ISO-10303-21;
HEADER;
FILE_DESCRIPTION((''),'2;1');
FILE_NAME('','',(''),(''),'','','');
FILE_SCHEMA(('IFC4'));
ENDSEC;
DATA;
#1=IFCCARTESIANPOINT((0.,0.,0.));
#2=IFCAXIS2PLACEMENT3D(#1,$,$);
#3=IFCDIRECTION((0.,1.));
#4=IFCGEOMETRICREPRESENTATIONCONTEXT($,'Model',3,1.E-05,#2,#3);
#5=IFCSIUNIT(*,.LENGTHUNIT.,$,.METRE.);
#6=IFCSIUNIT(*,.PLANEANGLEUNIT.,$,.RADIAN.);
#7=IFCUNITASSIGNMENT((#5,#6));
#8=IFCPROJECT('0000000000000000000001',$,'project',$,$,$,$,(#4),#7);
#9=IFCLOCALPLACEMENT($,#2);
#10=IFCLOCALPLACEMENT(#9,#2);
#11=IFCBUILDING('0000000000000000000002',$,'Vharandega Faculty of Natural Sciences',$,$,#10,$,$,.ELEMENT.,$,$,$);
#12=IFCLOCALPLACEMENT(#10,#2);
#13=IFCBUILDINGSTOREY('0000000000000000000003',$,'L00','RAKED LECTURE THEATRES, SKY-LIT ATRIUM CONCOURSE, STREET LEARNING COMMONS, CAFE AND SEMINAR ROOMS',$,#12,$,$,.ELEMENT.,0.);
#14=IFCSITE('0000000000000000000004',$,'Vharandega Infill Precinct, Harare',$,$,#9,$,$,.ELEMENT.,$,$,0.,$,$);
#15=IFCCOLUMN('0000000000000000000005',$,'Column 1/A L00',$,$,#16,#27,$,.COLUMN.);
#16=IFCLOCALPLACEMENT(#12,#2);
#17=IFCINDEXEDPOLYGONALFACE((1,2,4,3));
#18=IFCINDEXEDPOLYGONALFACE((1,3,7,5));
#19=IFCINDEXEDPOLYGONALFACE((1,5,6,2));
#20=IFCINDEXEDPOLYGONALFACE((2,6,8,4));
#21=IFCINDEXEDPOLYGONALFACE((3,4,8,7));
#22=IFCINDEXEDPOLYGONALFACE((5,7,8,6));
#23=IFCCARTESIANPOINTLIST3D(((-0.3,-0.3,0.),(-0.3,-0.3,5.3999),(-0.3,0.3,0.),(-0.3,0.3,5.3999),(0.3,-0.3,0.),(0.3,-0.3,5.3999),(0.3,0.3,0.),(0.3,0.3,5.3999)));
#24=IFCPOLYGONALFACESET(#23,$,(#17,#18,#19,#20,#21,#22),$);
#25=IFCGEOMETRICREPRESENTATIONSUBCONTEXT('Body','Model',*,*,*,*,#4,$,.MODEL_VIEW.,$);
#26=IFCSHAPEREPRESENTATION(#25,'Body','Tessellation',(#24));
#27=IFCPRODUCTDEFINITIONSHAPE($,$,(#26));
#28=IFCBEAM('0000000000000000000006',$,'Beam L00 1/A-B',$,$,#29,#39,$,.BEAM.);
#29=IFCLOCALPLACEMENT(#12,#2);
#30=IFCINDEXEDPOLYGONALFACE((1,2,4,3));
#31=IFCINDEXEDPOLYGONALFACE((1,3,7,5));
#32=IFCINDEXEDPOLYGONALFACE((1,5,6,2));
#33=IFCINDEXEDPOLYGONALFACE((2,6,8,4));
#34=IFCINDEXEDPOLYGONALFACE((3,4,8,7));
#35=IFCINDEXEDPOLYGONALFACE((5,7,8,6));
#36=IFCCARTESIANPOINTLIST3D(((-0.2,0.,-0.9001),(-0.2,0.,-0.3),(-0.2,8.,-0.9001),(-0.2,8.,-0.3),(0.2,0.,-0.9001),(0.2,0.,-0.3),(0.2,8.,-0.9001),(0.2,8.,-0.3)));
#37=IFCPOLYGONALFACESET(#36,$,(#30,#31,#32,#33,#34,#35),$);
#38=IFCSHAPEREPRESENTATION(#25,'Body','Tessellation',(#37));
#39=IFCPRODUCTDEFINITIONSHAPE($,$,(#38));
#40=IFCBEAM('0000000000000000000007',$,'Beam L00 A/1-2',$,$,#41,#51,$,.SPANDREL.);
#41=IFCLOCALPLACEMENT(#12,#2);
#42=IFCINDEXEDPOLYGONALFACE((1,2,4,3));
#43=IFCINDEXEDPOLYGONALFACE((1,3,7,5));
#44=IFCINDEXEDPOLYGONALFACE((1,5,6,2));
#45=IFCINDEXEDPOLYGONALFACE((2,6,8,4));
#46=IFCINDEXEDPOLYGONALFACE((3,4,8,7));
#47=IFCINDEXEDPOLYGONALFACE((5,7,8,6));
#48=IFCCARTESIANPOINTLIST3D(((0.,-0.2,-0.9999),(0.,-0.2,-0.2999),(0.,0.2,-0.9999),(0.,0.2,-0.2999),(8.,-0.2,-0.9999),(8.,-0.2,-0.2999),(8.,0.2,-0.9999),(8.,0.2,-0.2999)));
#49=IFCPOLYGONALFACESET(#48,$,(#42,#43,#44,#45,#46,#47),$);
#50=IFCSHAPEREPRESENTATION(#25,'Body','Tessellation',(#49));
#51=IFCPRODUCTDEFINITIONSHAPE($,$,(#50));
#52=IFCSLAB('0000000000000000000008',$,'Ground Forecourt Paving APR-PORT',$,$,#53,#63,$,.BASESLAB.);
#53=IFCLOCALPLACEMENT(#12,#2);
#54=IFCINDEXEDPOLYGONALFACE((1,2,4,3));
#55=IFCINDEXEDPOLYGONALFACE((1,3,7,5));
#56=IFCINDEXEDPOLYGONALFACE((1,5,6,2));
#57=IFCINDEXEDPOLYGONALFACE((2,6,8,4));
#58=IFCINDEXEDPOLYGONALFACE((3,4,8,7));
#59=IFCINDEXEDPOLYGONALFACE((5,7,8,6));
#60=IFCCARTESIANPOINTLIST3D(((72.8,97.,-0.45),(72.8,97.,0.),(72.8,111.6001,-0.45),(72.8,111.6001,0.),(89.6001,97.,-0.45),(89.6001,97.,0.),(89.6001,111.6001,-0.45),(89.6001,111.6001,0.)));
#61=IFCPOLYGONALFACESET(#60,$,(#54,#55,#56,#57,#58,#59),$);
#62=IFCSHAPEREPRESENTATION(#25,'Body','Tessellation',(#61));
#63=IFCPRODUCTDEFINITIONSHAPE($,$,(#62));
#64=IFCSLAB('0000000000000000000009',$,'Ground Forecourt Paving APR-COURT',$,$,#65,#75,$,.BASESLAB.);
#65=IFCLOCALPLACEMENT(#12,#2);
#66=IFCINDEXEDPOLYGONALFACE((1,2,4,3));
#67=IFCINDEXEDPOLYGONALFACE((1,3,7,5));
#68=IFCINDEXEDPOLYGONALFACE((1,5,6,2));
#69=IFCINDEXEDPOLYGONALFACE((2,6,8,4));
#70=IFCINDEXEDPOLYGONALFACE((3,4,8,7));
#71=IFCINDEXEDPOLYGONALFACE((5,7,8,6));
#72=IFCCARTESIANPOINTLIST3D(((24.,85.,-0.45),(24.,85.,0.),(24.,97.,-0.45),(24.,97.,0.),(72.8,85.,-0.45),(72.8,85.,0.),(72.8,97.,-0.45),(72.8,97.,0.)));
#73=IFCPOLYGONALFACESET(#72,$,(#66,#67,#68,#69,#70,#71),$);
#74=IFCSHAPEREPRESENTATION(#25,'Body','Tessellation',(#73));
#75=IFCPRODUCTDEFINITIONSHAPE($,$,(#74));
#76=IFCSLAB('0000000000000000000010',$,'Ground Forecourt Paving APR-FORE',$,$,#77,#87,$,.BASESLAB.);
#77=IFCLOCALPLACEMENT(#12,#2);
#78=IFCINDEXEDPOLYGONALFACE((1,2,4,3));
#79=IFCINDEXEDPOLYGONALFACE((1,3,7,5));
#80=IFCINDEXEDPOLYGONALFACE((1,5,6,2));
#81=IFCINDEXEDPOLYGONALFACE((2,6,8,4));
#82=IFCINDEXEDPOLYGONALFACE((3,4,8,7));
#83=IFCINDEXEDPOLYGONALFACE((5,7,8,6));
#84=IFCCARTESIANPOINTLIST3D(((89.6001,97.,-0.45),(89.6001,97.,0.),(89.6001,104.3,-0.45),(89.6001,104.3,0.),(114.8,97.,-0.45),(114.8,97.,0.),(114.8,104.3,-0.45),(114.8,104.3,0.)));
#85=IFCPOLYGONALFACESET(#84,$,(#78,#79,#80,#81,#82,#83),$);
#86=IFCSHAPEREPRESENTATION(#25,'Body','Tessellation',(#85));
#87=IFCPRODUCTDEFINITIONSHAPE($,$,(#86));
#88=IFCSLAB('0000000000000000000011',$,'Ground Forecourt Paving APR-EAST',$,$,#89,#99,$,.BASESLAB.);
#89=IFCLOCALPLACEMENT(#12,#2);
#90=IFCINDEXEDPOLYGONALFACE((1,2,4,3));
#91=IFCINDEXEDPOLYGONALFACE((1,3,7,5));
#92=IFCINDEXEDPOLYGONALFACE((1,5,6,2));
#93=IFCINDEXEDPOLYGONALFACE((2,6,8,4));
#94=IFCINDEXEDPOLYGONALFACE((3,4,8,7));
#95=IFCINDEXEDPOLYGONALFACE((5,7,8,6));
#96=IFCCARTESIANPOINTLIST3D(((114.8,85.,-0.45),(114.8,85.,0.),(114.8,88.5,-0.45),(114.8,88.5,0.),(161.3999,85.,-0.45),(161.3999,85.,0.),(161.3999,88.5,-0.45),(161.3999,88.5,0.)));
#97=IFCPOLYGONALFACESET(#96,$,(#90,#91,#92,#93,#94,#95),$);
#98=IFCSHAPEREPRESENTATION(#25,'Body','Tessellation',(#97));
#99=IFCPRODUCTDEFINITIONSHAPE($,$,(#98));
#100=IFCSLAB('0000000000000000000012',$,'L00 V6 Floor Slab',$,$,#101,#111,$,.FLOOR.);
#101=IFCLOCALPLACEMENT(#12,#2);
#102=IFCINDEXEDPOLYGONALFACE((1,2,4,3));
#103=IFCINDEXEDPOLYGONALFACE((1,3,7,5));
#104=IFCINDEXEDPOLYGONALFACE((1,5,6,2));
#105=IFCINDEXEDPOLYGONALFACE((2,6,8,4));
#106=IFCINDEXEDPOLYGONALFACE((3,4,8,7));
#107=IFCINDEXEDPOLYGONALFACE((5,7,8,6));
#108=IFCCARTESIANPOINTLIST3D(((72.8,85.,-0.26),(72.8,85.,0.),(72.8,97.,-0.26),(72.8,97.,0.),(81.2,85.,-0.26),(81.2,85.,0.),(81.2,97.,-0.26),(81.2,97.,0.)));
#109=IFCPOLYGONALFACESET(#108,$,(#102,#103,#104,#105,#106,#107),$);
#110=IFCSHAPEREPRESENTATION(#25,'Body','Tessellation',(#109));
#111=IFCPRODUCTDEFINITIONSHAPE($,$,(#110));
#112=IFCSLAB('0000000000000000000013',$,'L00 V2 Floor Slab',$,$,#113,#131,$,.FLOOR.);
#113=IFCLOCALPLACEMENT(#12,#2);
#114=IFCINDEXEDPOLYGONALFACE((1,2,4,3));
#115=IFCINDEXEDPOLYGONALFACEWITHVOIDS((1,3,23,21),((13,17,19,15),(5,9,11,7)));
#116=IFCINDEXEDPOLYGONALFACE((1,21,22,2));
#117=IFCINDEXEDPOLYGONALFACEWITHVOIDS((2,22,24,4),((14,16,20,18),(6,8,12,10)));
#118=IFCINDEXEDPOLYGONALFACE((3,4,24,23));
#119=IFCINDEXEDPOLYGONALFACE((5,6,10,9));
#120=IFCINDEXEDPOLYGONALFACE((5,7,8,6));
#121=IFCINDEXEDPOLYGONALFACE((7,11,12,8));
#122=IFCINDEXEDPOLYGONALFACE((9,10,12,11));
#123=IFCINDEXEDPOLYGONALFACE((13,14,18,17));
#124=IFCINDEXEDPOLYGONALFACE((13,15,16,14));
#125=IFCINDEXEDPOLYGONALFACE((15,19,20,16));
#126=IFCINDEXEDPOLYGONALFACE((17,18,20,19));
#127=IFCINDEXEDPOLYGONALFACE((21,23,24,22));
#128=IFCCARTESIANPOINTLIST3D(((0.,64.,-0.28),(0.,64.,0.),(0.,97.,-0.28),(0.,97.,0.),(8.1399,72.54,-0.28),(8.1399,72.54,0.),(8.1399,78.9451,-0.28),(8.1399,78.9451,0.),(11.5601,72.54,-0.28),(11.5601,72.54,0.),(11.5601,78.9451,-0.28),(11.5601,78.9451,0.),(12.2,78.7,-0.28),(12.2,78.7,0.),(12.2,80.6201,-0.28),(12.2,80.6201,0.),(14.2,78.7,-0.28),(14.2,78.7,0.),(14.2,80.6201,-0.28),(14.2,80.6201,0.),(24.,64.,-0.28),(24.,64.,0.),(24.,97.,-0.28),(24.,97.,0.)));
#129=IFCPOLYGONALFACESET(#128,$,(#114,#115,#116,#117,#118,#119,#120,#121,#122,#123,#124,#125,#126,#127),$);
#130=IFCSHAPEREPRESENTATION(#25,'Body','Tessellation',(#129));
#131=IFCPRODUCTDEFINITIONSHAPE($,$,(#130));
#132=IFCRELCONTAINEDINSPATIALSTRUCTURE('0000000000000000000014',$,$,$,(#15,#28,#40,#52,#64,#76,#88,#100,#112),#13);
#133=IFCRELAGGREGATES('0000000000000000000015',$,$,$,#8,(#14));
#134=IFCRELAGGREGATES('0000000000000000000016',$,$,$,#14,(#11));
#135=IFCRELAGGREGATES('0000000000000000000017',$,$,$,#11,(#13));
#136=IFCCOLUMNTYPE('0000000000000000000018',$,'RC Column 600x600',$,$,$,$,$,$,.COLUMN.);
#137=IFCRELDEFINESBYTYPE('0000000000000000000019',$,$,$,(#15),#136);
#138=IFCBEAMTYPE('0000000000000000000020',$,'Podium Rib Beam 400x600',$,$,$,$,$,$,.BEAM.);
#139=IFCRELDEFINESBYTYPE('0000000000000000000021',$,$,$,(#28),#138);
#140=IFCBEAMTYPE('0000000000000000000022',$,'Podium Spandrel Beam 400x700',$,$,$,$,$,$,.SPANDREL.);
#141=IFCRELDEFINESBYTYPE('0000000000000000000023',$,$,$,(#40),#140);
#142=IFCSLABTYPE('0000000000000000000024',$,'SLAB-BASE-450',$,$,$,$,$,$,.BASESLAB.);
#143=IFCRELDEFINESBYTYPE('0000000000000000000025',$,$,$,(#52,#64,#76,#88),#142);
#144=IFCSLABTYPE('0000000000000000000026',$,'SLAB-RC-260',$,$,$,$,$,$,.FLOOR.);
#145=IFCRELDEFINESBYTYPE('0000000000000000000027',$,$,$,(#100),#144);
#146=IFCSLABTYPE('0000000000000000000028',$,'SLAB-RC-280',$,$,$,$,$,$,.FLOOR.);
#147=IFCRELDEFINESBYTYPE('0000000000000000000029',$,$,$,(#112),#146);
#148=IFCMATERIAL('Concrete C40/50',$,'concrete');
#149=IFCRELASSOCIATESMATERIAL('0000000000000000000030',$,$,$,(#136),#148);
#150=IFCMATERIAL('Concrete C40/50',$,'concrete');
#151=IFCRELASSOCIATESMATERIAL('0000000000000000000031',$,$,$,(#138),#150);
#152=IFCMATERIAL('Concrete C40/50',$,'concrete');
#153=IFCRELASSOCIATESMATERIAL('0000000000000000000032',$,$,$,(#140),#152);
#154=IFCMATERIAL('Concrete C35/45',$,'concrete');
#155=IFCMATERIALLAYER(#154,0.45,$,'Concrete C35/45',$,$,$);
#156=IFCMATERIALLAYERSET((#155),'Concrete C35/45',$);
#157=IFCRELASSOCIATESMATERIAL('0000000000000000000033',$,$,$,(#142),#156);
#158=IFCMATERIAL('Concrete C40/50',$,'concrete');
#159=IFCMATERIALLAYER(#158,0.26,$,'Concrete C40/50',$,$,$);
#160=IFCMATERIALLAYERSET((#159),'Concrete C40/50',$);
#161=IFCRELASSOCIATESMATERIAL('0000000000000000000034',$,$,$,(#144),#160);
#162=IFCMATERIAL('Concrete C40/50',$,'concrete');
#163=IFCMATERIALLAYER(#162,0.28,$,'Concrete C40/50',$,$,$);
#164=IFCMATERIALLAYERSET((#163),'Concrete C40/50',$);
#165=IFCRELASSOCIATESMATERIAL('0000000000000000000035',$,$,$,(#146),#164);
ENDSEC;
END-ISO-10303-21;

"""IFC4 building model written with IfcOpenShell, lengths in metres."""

from ifc_helpers import new_model, si_unit, direction, frame, origin, origin_with_axes, origin_2d, place, context, subcontext, project, spatial, polyline, rectangle, outline, extrude, material, layer, layer_set, material_profile, profile_set, type_object, element, save


model = new_model("IFC4")

# Units and contexts
model_context = context("Model", 3, precision=1e-05, world=origin(), true_north=direction((0.0, 1.0)))
body_context = subcontext(model_context, "Body", "Model", "MODEL_VIEW")
ifc_project = project(units=[si_unit("LENGTHUNIT", "METRE"), si_unit("PLANEANGLEUNIT", "RADIAN")], contexts=[model_context])

# Site, building, storey
site_placement = place(None, origin())
site = spatial("IfcSite", under=ifc_project, at=site_placement, Name="Vharandega Infill Precinct, Harare", CompositionType="ELEMENT", RefElevation=0.0)
building_placement = place(site_placement, origin())
building = spatial("IfcBuilding", under=site, at=building_placement, Name="Vharandega Faculty of Natural Sciences", CompositionType="ELEMENT")
storey_placement = place(building_placement, origin())
storey = spatial("IfcBuildingStorey", under=building, at=storey_placement, Name="L00", Description="RAKED LECTURE THEATRES, SKY-LIT ATRIUM CONCOURSE, STREET LEARNING COMMONS, CAFE AND SEMINAR ROOMS", CompositionType="ELEMENT", Elevation=0.0)

# Column
ifc_material_1 = material(Name="Concrete C40/50", Category="concrete")
ifc_material_profile_1 = material_profile(ifc_material_1, rectangle(XDim=0.6001, YDim=0.6001, at=origin_2d()), Name="RC 600x600")
ifc_profile_set_1 = profile_set([ifc_material_profile_1], Name="Concrete C40/50")
column_type = type_object("IfcColumnType", Name="RC Column 600x600", PredefinedType="COLUMN", material=ifc_profile_set_1)
column_placement = place(storey_placement, origin_with_axes())
element("IfcColumn", 1, at=column_placement, inside=storey, type_object=column_type, Name="Column 1/A L00", PredefinedType="COLUMN", context=body_context, shape_type="SweptSolid", body=[
    extrude(rectangle(XDim=0.6001, YDim=0.6001, at=origin_2d()), origin(), (0.0, 0.0, 1.0), 5.3999),
])

# Beams
ifc_material_2 = material(Name="Concrete C40/50", Category="concrete")
ifc_material_profile_2 = material_profile(ifc_material_2, rectangle(XDim=0.3999, YDim=0.6001, at=origin_2d()), Name="RC 400x600")
ifc_profile_set_2 = profile_set([ifc_material_profile_2], Name="Concrete C40/50")
beam_type_1 = type_object("IfcBeamType", Name="Podium Rib Beam 400x600", PredefinedType="BEAM", material=ifc_profile_set_2)
beam_1_placement = place(storey_placement, frame((0.0, 0.0, -0.6001), z_axis=(0.0, 1.0, 0.0), x_axis=(-1.0, 0.0, 0.0)))
element("IfcBeam", 2, at=beam_1_placement, inside=storey, type_object=beam_type_1, Name="Beam L00 1/A-B", PredefinedType="BEAM", context=body_context, shape_type="SweptSolid", body=[
    extrude(rectangle(XDim=0.3999, YDim=0.6001, at=origin_2d()), origin(), (0.0, 0.0, 1.0), 8.0),
])
ifc_material_3 = material(Name="Concrete C40/50", Category="concrete")
ifc_material_profile_3 = material_profile(ifc_material_3, rectangle(XDim=0.3999, YDim=0.7, at=origin_2d()), Name="RC 400x700")
ifc_profile_set_3 = profile_set([ifc_material_profile_3], Name="Concrete C40/50")
beam_type_2 = type_object("IfcBeamType", Name="Podium Spandrel Beam 400x700", PredefinedType="SPANDREL", material=ifc_profile_set_3)
beam_2_placement = place(storey_placement, frame((0.0, 0.0, -0.6499), z_axis=(1.0, 0.0, 0.0), x_axis=(0.0, 1.0, 0.0)))
element("IfcBeam", 3, at=beam_2_placement, inside=storey, type_object=beam_type_2, Name="Beam L00 A/1-2", PredefinedType="SPANDREL", context=body_context, shape_type="SweptSolid", body=[
    extrude(rectangle(XDim=0.3999, YDim=0.7, at=origin_2d()), origin(), (0.0, 0.0, 1.0), 8.0),
])

# Slabs
ifc_material_4 = material(Name="Concrete C35/45", Category="concrete")
ifc_layer_1 = layer(ifc_material_4, 0.45, Name="Concrete C35/45")
ifc_layer_set_1 = layer_set([ifc_layer_1], Name="Concrete C35/45")
slab_type_1 = type_object("IfcSlabType", Name="SLAB-BASE-450", PredefinedType="BASESLAB", material=ifc_layer_set_1)
slab_1_placement = place(storey_placement, frame((0.0, 0.0, -0.45)))
element("IfcSlab", 4, at=slab_1_placement, inside=storey, type_object=slab_type_1, Name="Ground Forecourt Paving APR-PORT", PredefinedType="BASESLAB", context=body_context, shape_type="SweptSolid", body=[
    extrude(outline(polyline([(72.8, 97.0), (89.6001, 97.0), (89.6001, 111.6001), (72.8, 111.6001), (72.8, 97.0)])), origin(), (0.0, 0.0, 1.0), 0.45),
])
slab_2_placement = place(storey_placement, frame((0.0, 0.0, -0.45)))
element("IfcSlab", 5, at=slab_2_placement, inside=storey, type_object=slab_type_1, Name="Ground Forecourt Paving APR-COURT", PredefinedType="BASESLAB", context=body_context, shape_type="SweptSolid", body=[
    extrude(outline(polyline([(24.0, 85.0), (72.8, 85.0), (72.8, 97.0), (24.0, 97.0), (24.0, 85.0)])), origin(), (0.0, 0.0, 1.0), 0.45),
])
slab_3_placement = place(storey_placement, frame((0.0, 0.0, -0.45)))
element("IfcSlab", 6, at=slab_3_placement, inside=storey, type_object=slab_type_1, Name="Ground Forecourt Paving APR-FORE", PredefinedType="BASESLAB", context=body_context, shape_type="SweptSolid", body=[
    extrude(outline(polyline([(89.6001, 97.0), (114.8, 97.0), (114.8, 104.3), (89.6001, 104.3), (89.6001, 97.0)])), origin(), (0.0, 0.0, 1.0), 0.45),
])
slab_4_placement = place(storey_placement, frame((0.0, 0.0, -0.45)))
element("IfcSlab", 7, at=slab_4_placement, inside=storey, type_object=slab_type_1, Name="Ground Forecourt Paving APR-EAST", PredefinedType="BASESLAB", context=body_context, shape_type="SweptSolid", body=[
    extrude(outline(polyline([(114.8, 85.0), (161.3999, 85.0), (161.3999, 88.5), (114.8, 88.5), (114.8, 85.0)])), origin(), (0.0, 0.0, 1.0), 0.45),
])
ifc_material_5 = material(Name="Concrete C40/50", Category="concrete")
ifc_layer_2 = layer(ifc_material_5, 0.26, Name="Concrete C40/50")
ifc_layer_set_2 = layer_set([ifc_layer_2], Name="Concrete C40/50")
slab_type_2 = type_object("IfcSlabType", Name="SLAB-RC-260", PredefinedType="FLOOR", material=ifc_layer_set_2)
slab_5_placement = place(storey_placement, frame((0.0, 0.0, -0.26)))
element("IfcSlab", 8, at=slab_5_placement, inside=storey, type_object=slab_type_2, Name="L00 V6 Floor Slab", PredefinedType="FLOOR", context=body_context, shape_type="SweptSolid", body=[
    extrude(outline(polyline([(72.8, 85.0), (81.2, 85.0), (81.2, 97.0), (72.8, 97.0), (72.8, 85.0)])), origin(), (0.0, 0.0, 1.0), 0.26),
])
ifc_material_6 = material(Name="Concrete C40/50", Category="concrete")
ifc_layer_3 = layer(ifc_material_6, 0.28, Name="Concrete C40/50")
ifc_layer_set_3 = layer_set([ifc_layer_3], Name="Concrete C40/50")
slab_type_3 = type_object("IfcSlabType", Name="SLAB-RC-280", PredefinedType="FLOOR", material=ifc_layer_set_3)
slab_6_placement = place(storey_placement, frame((0.0, 0.0, -0.28)))
element("IfcSlab", 9, at=slab_6_placement, inside=storey, type_object=slab_type_3, Name="L00 V2 Floor Slab", PredefinedType="FLOOR", context=body_context, shape_type="SweptSolid", body=[
    extrude(outline(polyline([(0.0, 64.0), (24.0, 64.0), (24.0, 97.0), (0.0, 97.0), (0.0, 64.0)]), holes=[polyline([(8.1399, 78.9451), (8.1399, 72.54), (11.5601, 72.54), (11.5601, 78.9451), (8.1399, 78.9451)]), polyline([(12.2, 78.7), (14.2, 78.7), (14.2, 80.6201), (12.2, 80.6201), (12.2, 78.7)])]), origin(), (0.0, 0.0, 1.0), 0.28),
])

save(model, "model.ifc")
